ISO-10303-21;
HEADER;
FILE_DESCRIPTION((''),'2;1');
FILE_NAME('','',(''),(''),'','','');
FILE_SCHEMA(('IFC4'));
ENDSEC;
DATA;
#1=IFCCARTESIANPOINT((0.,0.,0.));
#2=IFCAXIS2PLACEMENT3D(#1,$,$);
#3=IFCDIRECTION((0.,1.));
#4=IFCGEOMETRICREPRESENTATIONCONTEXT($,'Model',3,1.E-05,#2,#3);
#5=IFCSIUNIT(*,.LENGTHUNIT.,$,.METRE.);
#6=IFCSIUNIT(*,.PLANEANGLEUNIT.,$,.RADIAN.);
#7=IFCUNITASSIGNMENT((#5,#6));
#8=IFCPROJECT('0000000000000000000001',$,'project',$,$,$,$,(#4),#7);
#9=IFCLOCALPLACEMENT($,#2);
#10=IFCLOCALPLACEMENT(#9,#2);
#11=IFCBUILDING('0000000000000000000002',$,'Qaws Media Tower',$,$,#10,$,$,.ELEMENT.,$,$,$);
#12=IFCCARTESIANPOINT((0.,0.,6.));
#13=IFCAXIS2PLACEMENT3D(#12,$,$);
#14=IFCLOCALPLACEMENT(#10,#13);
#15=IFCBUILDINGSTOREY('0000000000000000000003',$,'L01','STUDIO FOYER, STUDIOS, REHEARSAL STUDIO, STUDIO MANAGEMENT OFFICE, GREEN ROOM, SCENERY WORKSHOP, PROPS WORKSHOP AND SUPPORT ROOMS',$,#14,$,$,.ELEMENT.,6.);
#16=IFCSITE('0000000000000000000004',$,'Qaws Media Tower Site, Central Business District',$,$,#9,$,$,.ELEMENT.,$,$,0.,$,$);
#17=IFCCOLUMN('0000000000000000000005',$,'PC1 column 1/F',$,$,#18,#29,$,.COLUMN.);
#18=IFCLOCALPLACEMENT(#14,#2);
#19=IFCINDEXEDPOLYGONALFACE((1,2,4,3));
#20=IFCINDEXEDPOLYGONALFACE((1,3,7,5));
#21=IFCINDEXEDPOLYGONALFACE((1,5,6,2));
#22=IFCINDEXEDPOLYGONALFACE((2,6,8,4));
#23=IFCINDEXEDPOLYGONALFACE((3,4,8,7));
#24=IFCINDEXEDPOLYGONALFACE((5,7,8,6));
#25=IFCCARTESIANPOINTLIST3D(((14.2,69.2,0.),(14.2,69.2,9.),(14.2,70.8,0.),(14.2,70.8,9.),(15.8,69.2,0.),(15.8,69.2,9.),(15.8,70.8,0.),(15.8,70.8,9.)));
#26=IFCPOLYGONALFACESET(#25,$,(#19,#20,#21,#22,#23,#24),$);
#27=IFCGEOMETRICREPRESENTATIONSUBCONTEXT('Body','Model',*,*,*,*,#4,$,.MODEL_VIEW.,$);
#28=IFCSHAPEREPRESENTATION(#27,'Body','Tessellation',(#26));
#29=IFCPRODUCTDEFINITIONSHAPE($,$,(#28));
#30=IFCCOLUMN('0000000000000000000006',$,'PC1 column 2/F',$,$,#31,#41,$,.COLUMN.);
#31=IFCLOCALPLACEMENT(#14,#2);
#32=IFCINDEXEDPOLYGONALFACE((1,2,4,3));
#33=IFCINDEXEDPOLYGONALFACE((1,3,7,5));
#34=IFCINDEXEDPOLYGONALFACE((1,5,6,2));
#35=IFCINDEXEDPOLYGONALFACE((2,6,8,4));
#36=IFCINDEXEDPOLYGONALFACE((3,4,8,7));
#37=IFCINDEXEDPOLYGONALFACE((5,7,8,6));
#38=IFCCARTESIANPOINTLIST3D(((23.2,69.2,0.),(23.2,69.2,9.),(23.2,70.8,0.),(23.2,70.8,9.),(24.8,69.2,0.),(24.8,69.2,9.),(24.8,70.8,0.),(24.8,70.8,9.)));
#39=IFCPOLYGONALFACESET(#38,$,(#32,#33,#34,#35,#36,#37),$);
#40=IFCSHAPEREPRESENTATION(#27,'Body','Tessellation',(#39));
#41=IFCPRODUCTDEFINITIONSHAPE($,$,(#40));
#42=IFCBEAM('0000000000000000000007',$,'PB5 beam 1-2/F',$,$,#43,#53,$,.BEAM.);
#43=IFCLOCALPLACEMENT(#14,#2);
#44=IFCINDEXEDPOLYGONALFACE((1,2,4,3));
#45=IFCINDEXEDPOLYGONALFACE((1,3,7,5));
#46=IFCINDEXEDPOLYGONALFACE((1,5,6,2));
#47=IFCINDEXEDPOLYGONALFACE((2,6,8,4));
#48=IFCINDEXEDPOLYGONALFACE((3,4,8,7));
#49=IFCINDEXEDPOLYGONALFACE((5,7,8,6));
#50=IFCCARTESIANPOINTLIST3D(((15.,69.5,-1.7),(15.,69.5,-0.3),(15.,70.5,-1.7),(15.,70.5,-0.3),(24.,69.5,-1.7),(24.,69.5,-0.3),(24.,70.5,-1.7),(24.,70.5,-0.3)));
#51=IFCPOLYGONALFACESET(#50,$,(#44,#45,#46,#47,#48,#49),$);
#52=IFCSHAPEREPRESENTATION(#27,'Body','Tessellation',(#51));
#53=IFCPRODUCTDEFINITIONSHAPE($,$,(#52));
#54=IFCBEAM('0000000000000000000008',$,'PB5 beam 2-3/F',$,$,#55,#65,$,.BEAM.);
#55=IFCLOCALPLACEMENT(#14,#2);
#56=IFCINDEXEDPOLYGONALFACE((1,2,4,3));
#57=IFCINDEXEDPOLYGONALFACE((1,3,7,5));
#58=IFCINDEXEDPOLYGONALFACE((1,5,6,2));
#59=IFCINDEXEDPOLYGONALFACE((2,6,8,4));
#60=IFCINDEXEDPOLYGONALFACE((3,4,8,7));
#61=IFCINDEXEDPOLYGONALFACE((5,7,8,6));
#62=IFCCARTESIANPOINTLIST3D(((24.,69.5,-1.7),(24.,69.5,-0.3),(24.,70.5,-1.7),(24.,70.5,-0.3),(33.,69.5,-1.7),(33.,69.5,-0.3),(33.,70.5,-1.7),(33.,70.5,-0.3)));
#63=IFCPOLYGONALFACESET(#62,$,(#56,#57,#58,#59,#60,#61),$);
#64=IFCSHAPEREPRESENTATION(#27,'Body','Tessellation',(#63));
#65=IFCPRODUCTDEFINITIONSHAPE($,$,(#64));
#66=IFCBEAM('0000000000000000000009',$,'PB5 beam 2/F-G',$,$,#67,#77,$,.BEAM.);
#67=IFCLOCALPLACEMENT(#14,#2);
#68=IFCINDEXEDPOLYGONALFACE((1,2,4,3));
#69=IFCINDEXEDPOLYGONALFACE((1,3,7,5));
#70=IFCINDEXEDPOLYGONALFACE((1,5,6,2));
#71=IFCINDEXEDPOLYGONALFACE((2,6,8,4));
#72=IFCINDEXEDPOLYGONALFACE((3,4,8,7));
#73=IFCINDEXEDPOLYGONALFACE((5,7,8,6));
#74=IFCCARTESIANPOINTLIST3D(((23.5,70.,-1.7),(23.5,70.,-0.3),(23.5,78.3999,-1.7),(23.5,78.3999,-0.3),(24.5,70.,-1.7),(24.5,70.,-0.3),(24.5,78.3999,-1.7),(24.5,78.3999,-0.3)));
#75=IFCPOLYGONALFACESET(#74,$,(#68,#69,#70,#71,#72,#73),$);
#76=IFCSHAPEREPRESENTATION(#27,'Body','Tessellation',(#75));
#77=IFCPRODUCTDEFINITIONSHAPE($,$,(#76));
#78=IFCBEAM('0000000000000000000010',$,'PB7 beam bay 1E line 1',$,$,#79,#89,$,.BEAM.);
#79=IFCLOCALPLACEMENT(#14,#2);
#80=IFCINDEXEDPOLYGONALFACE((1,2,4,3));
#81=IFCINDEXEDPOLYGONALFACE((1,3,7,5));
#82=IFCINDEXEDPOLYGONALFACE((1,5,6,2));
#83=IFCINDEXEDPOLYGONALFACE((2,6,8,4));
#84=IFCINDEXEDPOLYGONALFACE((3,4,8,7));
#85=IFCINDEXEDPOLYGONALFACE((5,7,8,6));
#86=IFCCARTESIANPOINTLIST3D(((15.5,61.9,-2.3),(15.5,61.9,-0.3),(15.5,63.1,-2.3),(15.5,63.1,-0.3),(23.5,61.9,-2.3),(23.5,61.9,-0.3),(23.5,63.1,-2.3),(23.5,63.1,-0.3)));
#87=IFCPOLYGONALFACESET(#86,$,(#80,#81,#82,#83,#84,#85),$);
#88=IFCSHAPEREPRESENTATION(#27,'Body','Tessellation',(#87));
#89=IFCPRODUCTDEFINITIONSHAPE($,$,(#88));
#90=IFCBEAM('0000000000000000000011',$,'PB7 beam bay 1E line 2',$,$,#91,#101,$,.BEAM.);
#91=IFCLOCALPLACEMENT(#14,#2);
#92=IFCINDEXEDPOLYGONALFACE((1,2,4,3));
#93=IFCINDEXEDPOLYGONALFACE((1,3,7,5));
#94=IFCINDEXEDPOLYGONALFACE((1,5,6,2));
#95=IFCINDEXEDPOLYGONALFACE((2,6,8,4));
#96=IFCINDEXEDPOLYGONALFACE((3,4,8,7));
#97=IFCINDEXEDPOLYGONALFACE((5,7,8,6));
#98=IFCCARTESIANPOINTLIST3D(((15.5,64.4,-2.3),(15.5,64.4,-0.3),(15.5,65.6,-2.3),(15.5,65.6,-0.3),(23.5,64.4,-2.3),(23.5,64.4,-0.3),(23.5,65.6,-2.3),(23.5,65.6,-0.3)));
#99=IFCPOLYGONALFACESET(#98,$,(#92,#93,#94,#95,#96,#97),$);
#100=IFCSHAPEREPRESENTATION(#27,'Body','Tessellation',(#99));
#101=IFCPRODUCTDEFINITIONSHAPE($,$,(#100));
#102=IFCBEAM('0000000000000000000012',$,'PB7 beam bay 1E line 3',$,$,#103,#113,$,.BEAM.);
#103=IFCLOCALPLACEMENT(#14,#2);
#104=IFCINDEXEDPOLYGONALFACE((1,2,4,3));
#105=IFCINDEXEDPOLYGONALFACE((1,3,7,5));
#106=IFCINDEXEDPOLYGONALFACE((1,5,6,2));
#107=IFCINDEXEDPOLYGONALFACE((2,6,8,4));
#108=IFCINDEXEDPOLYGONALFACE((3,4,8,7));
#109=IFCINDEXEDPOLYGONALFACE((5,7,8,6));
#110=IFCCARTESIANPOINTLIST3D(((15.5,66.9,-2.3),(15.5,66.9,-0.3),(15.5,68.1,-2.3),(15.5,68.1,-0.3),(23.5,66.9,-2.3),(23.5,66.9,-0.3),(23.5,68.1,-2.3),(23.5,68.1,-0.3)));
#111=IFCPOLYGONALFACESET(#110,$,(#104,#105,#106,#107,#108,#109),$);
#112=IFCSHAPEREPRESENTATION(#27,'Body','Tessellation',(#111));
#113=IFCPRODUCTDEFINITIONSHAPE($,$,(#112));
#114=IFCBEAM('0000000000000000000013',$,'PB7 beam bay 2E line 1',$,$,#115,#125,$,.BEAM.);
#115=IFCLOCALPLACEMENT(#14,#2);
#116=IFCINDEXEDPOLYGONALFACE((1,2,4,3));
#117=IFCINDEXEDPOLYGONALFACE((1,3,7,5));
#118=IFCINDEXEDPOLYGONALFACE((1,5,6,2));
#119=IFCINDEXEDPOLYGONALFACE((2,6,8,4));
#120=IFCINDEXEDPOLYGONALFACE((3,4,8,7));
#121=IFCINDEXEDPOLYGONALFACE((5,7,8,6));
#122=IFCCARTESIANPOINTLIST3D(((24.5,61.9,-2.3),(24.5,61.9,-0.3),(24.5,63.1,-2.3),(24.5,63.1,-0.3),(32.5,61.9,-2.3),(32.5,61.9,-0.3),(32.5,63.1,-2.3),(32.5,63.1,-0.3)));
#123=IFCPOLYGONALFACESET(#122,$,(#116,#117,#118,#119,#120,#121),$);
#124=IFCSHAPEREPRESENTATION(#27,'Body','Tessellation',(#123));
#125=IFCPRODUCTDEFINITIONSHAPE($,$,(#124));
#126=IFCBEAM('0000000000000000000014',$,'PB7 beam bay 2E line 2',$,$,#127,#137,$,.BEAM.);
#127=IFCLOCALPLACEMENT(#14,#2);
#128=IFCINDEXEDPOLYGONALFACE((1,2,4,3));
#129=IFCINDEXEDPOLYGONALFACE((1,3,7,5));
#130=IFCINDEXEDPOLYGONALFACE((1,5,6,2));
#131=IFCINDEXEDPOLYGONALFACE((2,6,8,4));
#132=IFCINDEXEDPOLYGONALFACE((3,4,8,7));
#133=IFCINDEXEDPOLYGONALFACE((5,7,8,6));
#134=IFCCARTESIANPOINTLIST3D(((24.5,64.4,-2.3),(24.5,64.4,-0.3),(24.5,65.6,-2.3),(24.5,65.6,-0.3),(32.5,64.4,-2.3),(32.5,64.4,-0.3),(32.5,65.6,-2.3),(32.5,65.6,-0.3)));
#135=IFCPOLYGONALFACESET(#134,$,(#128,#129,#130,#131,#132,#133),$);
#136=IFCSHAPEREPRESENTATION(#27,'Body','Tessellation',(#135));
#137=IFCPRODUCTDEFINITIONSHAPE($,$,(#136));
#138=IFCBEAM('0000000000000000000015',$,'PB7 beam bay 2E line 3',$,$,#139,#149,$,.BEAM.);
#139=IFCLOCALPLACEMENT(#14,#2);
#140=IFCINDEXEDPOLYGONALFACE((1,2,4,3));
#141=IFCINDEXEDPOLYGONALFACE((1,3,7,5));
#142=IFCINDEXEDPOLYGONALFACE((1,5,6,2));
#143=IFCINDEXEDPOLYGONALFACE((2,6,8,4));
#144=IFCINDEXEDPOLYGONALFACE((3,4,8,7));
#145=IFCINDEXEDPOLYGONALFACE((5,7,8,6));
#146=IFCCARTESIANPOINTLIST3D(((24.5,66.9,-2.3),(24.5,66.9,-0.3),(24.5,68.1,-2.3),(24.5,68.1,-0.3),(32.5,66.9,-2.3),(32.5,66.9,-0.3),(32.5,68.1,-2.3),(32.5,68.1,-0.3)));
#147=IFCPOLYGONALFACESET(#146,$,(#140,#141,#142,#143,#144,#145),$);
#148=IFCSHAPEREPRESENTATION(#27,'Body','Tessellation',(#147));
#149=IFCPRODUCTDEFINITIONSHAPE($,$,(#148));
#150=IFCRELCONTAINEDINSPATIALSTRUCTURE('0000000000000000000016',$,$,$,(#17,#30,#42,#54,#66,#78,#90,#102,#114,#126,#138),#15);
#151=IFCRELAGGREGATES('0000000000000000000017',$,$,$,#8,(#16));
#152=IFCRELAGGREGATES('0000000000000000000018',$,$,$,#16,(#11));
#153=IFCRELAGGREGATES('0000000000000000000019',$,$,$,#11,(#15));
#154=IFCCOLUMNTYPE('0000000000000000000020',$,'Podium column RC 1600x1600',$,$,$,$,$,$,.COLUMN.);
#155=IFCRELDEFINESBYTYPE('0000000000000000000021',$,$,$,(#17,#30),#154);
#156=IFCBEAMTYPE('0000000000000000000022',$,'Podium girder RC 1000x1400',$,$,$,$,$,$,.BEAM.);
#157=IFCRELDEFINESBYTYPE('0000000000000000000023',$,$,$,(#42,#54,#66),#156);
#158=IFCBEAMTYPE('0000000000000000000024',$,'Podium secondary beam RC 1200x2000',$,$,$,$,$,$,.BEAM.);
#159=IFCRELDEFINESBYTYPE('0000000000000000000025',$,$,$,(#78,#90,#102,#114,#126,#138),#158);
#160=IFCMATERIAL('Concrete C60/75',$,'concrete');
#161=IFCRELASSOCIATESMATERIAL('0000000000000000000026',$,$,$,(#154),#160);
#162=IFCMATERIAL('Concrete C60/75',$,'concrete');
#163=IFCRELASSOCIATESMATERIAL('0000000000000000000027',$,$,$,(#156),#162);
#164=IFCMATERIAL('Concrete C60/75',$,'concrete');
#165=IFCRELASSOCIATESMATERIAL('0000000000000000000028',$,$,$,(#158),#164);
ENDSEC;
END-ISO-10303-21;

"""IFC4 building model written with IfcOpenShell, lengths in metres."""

from ifc_helpers import new_model, si_unit, direction, frame, origin, origin_2d, place, context, subcontext, project, spatial, rectangle, extrude, material, material_profile, profile_set, type_object, element, save


model = new_model("IFC4")

# Units and contexts
model_context = context("Model", 3, precision=1e-05, world=origin(), true_north=direction((0.0, 1.0)))
body_context = subcontext(model_context, "Body", "Model", "MODEL_VIEW")
ifc_project = project(units=[si_unit("LENGTHUNIT", "METRE"), si_unit("PLANEANGLEUNIT", "RADIAN")], contexts=[model_context])

# Site, building, storey
site_placement = place(None, origin())
site = spatial("IfcSite", under=ifc_project, at=site_placement, Name="Qaws Media Tower Site, Central Business District", CompositionType="ELEMENT", RefElevation=0.0)
building_placement = place(site_placement, origin())
building = spatial("IfcBuilding", under=site, at=building_placement, Name="Qaws Media Tower", CompositionType="ELEMENT")
storey_placement = place(building_placement, frame((0.0, 0.0, 6.0)))
storey = spatial("IfcBuildingStorey", under=building, at=storey_placement, Name="L01", Description="STUDIO FOYER, STUDIOS, REHEARSAL STUDIO, STUDIO MANAGEMENT OFFICE, GREEN ROOM, SCENERY WORKSHOP, PROPS WORKSHOP AND SUPPORT ROOMS", CompositionType="ELEMENT", Elevation=6.0)

# Columns
ifc_material_1 = material(Name="Concrete C60/75", Category="concrete")
ifc_material_profile_1 = material_profile(ifc_material_1, rectangle(XDim=1.6001, YDim=1.6001, at=origin_2d()), Name="RC 1600x1600")
ifc_profile_set_1 = profile_set([ifc_material_profile_1], Name="Concrete C60/75")
column_type = type_object("IfcColumnType", Name="Podium column RC 1600x1600", PredefinedType="COLUMN", material=ifc_profile_set_1)
for number, where, z_axis, x_axis, name in (
    (1, (15.0, 70.0, 0.0), (0.0, 0.0, 1.0), (1.0, 0.0, 0.0), "PC1 column 1/F"),
    (2, (24.0, 70.0, 0.0), (0.0, 0.0, 1.0), (1.0, 0.0, 0.0), "PC1 column 2/F"),
):
    element("IfcColumn", number, at=place(storey_placement, frame(where, z_axis=z_axis, x_axis=x_axis)), inside=storey, type_object=column_type, Name=name, PredefinedType="COLUMN", context=body_context, shape_type="SweptSolid", body=[
        extrude(rectangle(XDim=1.6001, YDim=1.6001, at=origin_2d()), origin(), (0.0, 0.0, 1.0), 9.0),
    ])

# Beams
ifc_material_2 = material(Name="Concrete C60/75", Category="concrete")
ifc_material_profile_2 = material_profile(ifc_material_2, rectangle(XDim=1.0, YDim=1.3999, at=origin_2d()), Name="RC 1000x1400")
ifc_profile_set_2 = profile_set([ifc_material_profile_2], Name="Concrete C60/75")
beam_type_1 = type_object("IfcBeamType", Name="Podium girder RC 1000x1400", PredefinedType="BEAM", material=ifc_profile_set_2)
for number, where, z_axis, x_axis, name in (
    (3, (15.0, 70.0, -1.0), (1.0, 0.0, 0.0), (0.0, 1.0, 0.0), "PB5 beam 1-2/F"),
    (4, (24.0, 70.0, -1.0), (1.0, 0.0, 0.0), (0.0, 1.0, 0.0), "PB5 beam 2-3/F"),
):
    element("IfcBeam", number, at=place(storey_placement, frame(where, z_axis=z_axis, x_axis=x_axis)), inside=storey, type_object=beam_type_1, Name=name, PredefinedType="BEAM", context=body_context, shape_type="SweptSolid", body=[
        extrude(rectangle(XDim=1.0, YDim=1.3999, at=origin_2d()), origin(), (0.0, 0.0, 1.0), 9.0),
    ])
beam_placement = place(storey_placement, frame((24.0, 70.0, -1.0), z_axis=(0.0, 1.0, 0.0), x_axis=(-1.0, 0.0, 0.0)))
element("IfcBeam", 5, at=beam_placement, inside=storey, type_object=beam_type_1, Name="PB5 beam 2/F-G", PredefinedType="BEAM", context=body_context, shape_type="SweptSolid", body=[
    extrude(rectangle(XDim=1.0, YDim=1.3999, at=origin_2d()), origin(), (0.0, 0.0, 1.0), 8.3999),
])
ifc_material_3 = material(Name="Concrete C60/75", Category="concrete")
ifc_material_profile_3 = material_profile(ifc_material_3, rectangle(XDim=1.2, YDim=2.0, at=origin_2d()), Name="RC 1200x2000")
ifc_profile_set_3 = profile_set([ifc_material_profile_3], Name="Concrete C60/75")
beam_type_2 = type_object("IfcBeamType", Name="Podium secondary beam RC 1200x2000", PredefinedType="BEAM", material=ifc_profile_set_3)
for number, where, z_axis, x_axis, name in (
    (6, (15.5, 62.5, -1.3), (1.0, 0.0, 0.0), (0.0, 1.0, 0.0), "PB7 beam bay 1E line 1"),
    (7, (15.5, 65.0, -1.3), (1.0, 0.0, 0.0), (0.0, 1.0, 0.0), "PB7 beam bay 1E line 2"),
    (8, (15.5, 67.5, -1.3), (1.0, 0.0, 0.0), (0.0, 1.0, 0.0), "PB7 beam bay 1E line 3"),
    (9, (24.5, 62.5, -1.3), (1.0, 0.0, 0.0), (0.0, 1.0, 0.0), "PB7 beam bay 2E line 1"),
    (10, (24.5, 65.0, -1.3), (1.0, 0.0, 0.0), (0.0, 1.0, 0.0), "PB7 beam bay 2E line 2"),
    (11, (24.5, 67.5, -1.3), (1.0, 0.0, 0.0), (0.0, 1.0, 0.0), "PB7 beam bay 2E line 3"),
):
    element("IfcBeam", number, at=place(storey_placement, frame(where, z_axis=z_axis, x_axis=x_axis)), inside=storey, type_object=beam_type_2, Name=name, PredefinedType="BEAM", context=body_context, shape_type="SweptSolid", body=[
        extrude(rectangle(XDim=1.2, YDim=2.0, at=origin_2d()), origin(), (0.0, 0.0, 1.0), 8.0),
    ])

save(model, "model.ifc")
